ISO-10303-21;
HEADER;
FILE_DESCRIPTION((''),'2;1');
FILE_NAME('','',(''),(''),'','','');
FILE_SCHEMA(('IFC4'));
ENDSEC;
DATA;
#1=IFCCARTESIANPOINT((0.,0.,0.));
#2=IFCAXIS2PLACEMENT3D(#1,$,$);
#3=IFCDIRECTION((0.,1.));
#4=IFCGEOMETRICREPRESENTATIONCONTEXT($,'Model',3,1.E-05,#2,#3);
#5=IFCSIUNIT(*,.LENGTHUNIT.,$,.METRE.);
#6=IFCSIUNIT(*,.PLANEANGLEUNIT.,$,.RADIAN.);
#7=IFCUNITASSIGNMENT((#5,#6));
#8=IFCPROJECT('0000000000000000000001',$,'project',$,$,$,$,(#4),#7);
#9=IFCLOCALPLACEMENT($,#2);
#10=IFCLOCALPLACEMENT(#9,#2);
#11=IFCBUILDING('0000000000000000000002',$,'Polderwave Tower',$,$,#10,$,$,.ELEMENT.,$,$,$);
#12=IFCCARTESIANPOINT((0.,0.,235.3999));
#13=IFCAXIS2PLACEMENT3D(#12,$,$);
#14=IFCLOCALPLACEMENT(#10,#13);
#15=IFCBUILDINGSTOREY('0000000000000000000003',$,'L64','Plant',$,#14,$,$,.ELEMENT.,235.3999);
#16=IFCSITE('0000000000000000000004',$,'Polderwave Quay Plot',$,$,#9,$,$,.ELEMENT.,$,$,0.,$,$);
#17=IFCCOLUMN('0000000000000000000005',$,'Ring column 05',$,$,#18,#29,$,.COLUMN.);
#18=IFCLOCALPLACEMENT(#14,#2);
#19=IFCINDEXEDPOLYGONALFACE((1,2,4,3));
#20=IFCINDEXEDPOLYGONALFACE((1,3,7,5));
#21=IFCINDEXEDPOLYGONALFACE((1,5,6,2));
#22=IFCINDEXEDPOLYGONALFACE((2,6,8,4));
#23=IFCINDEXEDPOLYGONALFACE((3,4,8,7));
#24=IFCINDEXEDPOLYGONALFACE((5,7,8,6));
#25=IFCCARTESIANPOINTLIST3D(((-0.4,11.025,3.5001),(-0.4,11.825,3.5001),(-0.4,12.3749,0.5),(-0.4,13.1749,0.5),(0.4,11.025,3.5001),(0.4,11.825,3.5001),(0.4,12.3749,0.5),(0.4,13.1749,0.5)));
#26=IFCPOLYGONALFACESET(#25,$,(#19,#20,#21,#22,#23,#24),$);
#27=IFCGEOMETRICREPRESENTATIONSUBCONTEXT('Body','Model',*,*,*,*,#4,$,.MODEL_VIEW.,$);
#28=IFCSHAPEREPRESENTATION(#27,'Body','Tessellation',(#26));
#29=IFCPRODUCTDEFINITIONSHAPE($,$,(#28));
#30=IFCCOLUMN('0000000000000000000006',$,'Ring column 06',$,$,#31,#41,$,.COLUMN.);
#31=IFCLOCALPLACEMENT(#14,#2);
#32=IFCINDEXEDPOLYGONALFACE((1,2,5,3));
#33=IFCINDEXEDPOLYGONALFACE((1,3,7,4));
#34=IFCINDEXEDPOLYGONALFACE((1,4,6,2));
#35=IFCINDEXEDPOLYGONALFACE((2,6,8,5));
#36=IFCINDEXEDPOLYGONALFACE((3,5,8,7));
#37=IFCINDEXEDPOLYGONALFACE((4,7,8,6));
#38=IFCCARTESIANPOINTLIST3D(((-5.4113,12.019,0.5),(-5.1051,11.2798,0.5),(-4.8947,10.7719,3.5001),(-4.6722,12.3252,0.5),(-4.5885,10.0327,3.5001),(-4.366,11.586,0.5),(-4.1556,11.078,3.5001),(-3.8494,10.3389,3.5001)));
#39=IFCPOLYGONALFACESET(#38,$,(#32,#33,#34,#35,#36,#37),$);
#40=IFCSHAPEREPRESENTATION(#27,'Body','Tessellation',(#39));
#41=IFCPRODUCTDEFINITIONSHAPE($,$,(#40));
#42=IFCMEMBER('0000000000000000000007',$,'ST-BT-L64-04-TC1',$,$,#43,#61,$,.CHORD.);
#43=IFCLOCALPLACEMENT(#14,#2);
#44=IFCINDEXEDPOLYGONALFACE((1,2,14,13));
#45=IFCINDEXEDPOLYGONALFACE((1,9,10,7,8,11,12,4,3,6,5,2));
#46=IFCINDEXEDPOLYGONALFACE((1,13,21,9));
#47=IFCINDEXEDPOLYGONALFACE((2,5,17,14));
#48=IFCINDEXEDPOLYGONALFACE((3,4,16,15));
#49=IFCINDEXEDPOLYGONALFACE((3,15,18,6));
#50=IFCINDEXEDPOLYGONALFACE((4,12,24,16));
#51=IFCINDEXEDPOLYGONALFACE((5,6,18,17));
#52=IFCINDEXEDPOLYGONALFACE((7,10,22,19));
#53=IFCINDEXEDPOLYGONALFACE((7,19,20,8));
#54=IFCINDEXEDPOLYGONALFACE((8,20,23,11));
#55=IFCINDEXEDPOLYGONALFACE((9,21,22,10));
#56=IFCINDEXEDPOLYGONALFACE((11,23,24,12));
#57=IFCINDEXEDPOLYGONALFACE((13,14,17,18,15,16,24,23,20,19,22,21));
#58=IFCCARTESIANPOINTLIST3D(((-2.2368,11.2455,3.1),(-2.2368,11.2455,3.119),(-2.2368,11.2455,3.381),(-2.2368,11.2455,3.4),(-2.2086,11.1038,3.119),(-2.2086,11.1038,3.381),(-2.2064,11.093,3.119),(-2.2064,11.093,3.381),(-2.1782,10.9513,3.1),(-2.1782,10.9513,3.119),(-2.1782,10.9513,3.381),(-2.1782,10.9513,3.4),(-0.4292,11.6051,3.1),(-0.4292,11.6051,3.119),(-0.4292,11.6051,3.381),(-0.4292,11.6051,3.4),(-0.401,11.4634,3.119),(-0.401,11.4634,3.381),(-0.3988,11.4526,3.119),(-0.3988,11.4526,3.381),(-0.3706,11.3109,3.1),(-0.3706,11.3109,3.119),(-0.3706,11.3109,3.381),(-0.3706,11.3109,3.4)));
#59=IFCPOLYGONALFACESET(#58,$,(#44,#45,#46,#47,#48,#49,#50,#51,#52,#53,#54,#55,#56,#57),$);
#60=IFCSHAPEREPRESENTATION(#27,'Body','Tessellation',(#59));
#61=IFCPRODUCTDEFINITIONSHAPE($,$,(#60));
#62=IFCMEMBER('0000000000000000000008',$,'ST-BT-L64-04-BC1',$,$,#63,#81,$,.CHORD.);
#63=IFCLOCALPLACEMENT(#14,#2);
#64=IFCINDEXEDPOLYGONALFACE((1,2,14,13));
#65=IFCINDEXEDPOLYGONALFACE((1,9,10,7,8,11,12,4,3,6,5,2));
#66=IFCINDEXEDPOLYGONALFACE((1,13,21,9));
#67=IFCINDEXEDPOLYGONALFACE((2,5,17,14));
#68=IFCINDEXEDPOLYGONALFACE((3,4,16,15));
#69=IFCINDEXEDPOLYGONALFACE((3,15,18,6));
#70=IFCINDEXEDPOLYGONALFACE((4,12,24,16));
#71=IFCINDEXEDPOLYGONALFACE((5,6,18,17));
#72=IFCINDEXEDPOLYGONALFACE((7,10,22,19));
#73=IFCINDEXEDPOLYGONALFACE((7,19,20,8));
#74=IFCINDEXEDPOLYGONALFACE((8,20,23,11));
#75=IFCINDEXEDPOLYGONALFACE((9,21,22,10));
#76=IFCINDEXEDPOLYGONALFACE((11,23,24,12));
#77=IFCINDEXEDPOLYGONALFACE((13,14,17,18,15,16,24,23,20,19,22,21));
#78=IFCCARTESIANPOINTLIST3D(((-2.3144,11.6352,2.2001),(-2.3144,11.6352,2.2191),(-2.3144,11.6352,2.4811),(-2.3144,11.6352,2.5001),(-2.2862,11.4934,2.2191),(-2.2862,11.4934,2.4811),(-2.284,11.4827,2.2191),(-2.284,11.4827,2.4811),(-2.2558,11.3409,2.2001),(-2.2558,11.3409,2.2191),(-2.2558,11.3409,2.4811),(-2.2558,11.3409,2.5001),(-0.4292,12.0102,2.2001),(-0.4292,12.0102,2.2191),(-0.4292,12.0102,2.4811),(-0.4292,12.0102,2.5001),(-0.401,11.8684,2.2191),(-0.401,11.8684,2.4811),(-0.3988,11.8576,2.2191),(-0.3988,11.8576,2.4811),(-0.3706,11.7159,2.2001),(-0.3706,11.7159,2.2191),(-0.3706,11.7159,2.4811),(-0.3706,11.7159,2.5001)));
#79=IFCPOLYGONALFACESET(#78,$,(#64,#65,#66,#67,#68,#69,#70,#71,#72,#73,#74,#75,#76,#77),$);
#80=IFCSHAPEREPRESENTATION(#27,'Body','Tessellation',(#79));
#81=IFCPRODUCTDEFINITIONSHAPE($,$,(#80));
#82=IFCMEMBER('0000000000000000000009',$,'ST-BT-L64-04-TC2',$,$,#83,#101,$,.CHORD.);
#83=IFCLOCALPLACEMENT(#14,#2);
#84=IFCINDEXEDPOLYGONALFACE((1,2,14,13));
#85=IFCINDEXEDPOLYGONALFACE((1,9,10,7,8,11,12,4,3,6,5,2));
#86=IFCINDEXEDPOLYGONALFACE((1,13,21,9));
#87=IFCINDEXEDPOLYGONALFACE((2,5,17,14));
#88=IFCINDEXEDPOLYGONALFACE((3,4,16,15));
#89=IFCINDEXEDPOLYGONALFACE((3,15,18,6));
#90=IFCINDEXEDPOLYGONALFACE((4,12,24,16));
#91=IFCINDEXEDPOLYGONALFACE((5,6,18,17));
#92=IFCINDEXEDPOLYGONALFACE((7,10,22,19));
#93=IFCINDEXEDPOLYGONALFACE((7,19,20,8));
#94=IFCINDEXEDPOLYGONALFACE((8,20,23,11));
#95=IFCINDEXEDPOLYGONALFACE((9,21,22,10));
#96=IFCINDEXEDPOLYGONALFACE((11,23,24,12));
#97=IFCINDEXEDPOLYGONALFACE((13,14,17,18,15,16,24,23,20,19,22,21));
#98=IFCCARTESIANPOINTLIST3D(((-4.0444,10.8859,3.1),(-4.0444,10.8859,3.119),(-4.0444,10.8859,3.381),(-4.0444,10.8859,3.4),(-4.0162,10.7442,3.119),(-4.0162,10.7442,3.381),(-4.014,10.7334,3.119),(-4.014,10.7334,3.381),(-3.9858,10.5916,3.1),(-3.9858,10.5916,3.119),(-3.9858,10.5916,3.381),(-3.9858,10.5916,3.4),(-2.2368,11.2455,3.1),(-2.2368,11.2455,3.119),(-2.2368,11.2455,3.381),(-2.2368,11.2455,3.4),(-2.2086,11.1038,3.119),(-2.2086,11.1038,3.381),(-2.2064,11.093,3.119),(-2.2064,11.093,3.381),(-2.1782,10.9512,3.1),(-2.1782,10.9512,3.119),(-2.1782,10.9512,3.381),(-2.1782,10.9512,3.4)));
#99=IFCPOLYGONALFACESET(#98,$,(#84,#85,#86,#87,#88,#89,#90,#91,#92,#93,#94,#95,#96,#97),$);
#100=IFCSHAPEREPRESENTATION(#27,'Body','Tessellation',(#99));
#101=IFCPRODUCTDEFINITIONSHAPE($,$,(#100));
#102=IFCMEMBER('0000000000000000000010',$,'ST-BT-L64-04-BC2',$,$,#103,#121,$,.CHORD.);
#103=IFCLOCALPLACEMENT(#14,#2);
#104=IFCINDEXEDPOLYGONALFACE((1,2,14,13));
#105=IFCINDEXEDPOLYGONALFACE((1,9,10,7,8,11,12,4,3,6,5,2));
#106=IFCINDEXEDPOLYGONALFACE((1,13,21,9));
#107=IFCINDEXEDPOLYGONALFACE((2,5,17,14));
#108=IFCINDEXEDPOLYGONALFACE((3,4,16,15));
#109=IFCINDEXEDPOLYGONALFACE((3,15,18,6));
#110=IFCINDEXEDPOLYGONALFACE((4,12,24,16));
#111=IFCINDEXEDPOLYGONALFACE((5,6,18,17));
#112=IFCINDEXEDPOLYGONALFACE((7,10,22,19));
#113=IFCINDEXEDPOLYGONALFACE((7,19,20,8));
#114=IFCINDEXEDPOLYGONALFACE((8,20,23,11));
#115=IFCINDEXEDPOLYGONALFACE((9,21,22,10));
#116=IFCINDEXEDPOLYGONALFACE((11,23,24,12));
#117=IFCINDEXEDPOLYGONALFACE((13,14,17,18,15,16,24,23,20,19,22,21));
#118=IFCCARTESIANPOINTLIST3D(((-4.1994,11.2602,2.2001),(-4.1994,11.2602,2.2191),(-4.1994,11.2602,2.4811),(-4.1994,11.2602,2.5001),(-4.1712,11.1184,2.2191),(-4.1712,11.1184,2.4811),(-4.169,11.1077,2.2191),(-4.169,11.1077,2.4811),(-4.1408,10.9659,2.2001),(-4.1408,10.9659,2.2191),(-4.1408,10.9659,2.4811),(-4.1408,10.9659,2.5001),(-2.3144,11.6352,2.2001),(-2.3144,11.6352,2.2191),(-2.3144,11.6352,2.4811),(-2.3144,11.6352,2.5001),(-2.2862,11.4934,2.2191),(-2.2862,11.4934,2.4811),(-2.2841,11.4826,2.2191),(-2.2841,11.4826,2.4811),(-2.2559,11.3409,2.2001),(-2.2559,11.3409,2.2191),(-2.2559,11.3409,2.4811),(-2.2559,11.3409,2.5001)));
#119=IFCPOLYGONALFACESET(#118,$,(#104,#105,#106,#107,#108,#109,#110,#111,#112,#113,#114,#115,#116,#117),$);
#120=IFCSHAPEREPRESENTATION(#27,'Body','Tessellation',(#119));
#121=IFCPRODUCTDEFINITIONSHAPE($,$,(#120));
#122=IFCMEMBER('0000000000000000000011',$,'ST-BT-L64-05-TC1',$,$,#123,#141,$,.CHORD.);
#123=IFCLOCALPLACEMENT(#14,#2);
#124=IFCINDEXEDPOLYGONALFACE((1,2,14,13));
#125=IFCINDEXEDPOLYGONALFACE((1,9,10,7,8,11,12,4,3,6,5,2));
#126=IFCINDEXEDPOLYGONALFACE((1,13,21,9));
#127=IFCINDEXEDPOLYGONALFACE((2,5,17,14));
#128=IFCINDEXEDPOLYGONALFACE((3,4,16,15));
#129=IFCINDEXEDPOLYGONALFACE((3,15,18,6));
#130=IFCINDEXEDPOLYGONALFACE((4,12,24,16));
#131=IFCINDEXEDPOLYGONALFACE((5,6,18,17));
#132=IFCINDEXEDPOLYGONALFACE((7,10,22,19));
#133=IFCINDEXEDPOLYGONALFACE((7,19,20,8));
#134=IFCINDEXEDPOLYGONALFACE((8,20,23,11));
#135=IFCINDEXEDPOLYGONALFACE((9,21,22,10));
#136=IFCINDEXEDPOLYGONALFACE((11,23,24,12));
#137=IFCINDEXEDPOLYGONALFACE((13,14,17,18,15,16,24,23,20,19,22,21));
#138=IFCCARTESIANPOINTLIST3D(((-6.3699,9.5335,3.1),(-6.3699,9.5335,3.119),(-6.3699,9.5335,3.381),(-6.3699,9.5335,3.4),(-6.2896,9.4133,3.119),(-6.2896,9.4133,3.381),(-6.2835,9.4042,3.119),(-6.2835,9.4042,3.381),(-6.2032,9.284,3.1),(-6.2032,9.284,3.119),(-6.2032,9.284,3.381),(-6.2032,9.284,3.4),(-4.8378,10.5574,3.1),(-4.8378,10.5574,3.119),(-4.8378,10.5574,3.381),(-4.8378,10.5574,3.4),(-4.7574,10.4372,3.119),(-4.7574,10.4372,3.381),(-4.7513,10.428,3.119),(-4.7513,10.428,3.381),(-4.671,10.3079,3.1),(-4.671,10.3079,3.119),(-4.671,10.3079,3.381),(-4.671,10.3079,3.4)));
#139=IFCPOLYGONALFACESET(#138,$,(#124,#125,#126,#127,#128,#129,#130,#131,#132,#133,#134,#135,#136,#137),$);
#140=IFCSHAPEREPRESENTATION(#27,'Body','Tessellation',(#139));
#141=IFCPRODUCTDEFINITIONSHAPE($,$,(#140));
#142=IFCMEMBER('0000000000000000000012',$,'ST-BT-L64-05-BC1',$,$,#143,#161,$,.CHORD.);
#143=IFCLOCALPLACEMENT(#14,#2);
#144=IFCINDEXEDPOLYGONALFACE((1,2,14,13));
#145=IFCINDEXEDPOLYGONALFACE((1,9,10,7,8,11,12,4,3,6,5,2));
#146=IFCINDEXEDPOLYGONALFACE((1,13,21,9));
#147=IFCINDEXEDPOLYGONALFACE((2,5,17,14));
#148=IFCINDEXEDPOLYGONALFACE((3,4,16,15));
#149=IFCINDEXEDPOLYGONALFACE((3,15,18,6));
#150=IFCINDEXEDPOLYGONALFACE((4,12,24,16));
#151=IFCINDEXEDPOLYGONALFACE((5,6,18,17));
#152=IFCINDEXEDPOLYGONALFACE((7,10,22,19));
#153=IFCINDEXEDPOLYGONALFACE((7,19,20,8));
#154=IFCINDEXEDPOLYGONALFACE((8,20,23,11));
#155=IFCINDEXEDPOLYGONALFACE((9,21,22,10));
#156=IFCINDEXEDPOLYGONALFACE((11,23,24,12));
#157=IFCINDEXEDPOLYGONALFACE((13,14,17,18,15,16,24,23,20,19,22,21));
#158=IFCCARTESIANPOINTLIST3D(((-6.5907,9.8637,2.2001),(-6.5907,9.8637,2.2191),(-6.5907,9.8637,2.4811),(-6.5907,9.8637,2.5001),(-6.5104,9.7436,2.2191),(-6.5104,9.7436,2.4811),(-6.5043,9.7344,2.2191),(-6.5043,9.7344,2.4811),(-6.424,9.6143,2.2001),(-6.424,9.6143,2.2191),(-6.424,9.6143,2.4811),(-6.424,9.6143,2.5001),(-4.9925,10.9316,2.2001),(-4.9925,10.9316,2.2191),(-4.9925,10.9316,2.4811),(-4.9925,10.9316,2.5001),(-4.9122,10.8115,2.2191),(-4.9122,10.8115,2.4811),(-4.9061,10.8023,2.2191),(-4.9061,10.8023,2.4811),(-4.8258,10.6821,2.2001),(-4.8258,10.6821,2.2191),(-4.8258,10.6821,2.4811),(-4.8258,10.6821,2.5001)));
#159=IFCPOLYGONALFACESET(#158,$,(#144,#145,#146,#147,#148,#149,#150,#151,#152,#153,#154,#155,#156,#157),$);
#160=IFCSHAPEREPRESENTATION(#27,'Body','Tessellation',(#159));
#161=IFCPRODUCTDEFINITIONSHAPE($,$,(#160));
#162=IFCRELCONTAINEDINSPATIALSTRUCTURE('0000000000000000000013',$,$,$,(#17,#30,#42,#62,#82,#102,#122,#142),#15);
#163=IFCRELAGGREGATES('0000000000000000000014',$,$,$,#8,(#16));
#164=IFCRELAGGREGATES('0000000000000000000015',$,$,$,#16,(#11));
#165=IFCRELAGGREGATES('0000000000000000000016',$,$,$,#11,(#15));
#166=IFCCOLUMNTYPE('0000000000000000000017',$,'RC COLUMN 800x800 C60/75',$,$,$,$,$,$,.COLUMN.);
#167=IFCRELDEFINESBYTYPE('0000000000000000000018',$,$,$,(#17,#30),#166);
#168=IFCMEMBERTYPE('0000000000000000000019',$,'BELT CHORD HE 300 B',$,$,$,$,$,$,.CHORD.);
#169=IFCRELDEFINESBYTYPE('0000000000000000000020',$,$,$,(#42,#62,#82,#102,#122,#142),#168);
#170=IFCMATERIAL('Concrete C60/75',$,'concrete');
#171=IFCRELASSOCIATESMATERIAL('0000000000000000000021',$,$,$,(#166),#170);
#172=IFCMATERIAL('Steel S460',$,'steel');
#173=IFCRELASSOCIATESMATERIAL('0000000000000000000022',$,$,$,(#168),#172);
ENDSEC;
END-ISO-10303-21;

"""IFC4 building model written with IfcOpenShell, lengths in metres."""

from ifc_helpers import new_model, si_unit, direction, frame, origin, origin_2d, place, context, subcontext, project, spatial, rectangle, i_section, extrude, material, material_profile, profile_set, type_object, element, save


model = new_model("IFC4")

# Units and contexts
model_context = context("Model", 3, precision=1e-05, world=origin(), true_north=direction((0.0, 1.0)))
body_context = subcontext(model_context, "Body", "Model", "MODEL_VIEW")
ifc_project = project(units=[si_unit("LENGTHUNIT", "METRE"), si_unit("PLANEANGLEUNIT", "RADIAN")], contexts=[model_context])

# Site, building, storey
site_placement = place(None, origin())
site = spatial("IfcSite", under=ifc_project, at=site_placement, Name="Polderwave Quay Plot", CompositionType="ELEMENT", RefElevation=0.0)
building_placement = place(site_placement, origin())
building = spatial("IfcBuilding", under=site, at=building_placement, Name="Polderwave Tower", CompositionType="ELEMENT")
storey_placement = place(building_placement, frame((0.0, 0.0, 235.3999)))
storey = spatial("IfcBuildingStorey", under=building, at=storey_placement, Name="L64", Description="Plant", CompositionType="ELEMENT", Elevation=235.3999)

# Columns
ifc_material_1 = material(Name="Concrete C60/75", Category="concrete")
ifc_material_profile_1 = material_profile(ifc_material_1, rectangle(XDim=0.8, YDim=0.8, at=origin_2d()), Name="RC 800x800")
ifc_profile_set_1 = profile_set([ifc_material_profile_1], Name="Concrete C60/75")
column_type = type_object("IfcColumnType", Name="RC COLUMN 800x800 C60/75", PredefinedType="COLUMN", material=ifc_profile_set_1)
column_1_placement = place(storey_placement, frame((0.0, 12.7749, 0.5), z_axis=(0.0, 0.0, 1.0), x_axis=(1.0, 0.0, 0.0)))
element("IfcColumn", 1, at=column_1_placement, inside=storey, type_object=column_type, Name="Ring column 05", PredefinedType="COLUMN", context=body_context, shape_type="SweptSolid", body=[
    extrude(rectangle(XDim=0.8, YDim=0.8, at=origin_2d()), origin(), (0.0, -0.410328, 0.911938), 3.2898),
])
column_2_placement = place(storey_placement, frame((-4.8887, 11.8025, 0.5), z_axis=(0.0, 0.0, 1.0), x_axis=(0.923867, 0.382714, 0.0)))
element("IfcColumn", 2, at=column_2_placement, inside=storey, type_object=column_type, Name="Ring column 06", PredefinedType="COLUMN", context=body_context, shape_type="SweptSolid", body=[
    extrude(rectangle(XDim=0.8, YDim=0.8, at=origin_2d()), origin(), (0.0, -0.410324, 0.91194), 3.2898),
])

# Members
ifc_material_2 = material(Name="Steel S460", Category="steel")
ifc_material_profile_2 = material_profile(ifc_material_2, i_section(OverallWidth=0.3, OverallDepth=0.3, WebThickness=0.011, FlangeThickness=0.019, at=origin_2d()), Name="HE 300 B")
ifc_profile_set_2 = profile_set([ifc_material_profile_2], Name="Steel S460")
member_type_1 = type_object("IfcMemberType", Name="BELT CHORD HE 300 B", PredefinedType="CHORD", material=ifc_profile_set_2)
member_1_placement = place(storey_placement, frame((-0.3999, 11.458, 3.25), z_axis=(-0.980779, -0.195123, 0.0), x_axis=(0.195123, -0.980779, 0.0)))
element("IfcMember", 3, at=member_1_placement, inside=storey, type_object=member_type_1, Name="ST-BT-L64-04-TC1", PredefinedType="CHORD", context=body_context, shape_type="SweptSolid", body=[
    extrude(i_section(OverallWidth=0.3, OverallDepth=0.3, WebThickness=0.011, FlangeThickness=0.019, at=origin_2d()), origin(), (0.0, 0.0, 1.0), 1.843),
])
member_2_placement = place(storey_placement, frame((-0.3999, 11.863, 2.3501), z_axis=(-0.980785, -0.19509, 0.0), x_axis=(0.19509, -0.980785, 0.0)))
element("IfcMember", 4, at=member_2_placement, inside=storey, type_object=member_type_1, Name="ST-BT-L64-04-BC1", PredefinedType="CHORD", context=body_context, shape_type="SweptSolid", body=[
    extrude(i_section(OverallWidth=0.3, OverallDepth=0.3, WebThickness=0.011, FlangeThickness=0.019, at=origin_2d()), origin(), (0.0, 0.0, 1.0), 1.9221),
])
member_3_placement = place(storey_placement, frame((-2.2075, 11.0984, 3.25), z_axis=(-0.980779, -0.195123, 0.0), x_axis=(0.195123, -0.980779, 0.0)))
element("IfcMember", 5, at=member_3_placement, inside=storey, type_object=member_type_1, Name="ST-BT-L64-04-TC2", PredefinedType="CHORD", context=body_context, shape_type="SweptSolid", body=[
    extrude(i_section(OverallWidth=0.3, OverallDepth=0.3, WebThickness=0.011, FlangeThickness=0.019, at=origin_2d()), origin(), (0.0, 0.0, 1.0), 1.843),
])
member_4_placement = place(storey_placement, frame((-2.2852, 11.488, 2.3501), z_axis=(-0.98078, -0.195114, 0.0), x_axis=(0.195114, -0.98078, 0.0)))
element("IfcMember", 6, at=member_4_placement, inside=storey, type_object=member_type_1, Name="ST-BT-L64-04-BC2", PredefinedType="CHORD", context=body_context, shape_type="SweptSolid", body=[
    extrude(i_section(OverallWidth=0.3, OverallDepth=0.3, WebThickness=0.011, FlangeThickness=0.019, at=origin_2d()), origin(), (0.0, 0.0, 1.0), 1.9219),
])
member_5_placement = place(storey_placement, frame((-4.7544, 10.4326, 3.25), z_axis=(-0.831438, -0.555617, 0.0), x_axis=(0.555617, -0.831438, 0.0)))
element("IfcMember", 7, at=member_5_placement, inside=storey, type_object=member_type_1, Name="ST-BT-L64-05-TC1", PredefinedType="CHORD", context=body_context, shape_type="SweptSolid", body=[
    extrude(i_section(OverallWidth=0.3, OverallDepth=0.3, WebThickness=0.011, FlangeThickness=0.019, at=origin_2d()), origin(), (0.0, 0.0, 1.0), 1.8428),
])
member_6_placement = place(storey_placement, frame((-4.9092, 10.8069, 2.3501), z_axis=(-0.831464, -0.555579, 0.0), x_axis=(0.555579, -0.831464, 0.0)))
element("IfcMember", 8, at=member_6_placement, inside=storey, type_object=member_type_1, Name="ST-BT-L64-05-BC1", PredefinedType="CHORD", context=body_context, shape_type="SweptSolid", body=[
    extrude(i_section(OverallWidth=0.3, OverallDepth=0.3, WebThickness=0.011, FlangeThickness=0.019, at=origin_2d()), origin(), (0.0, 0.0, 1.0), 1.9221),
])

save(model, "model.ifc")
